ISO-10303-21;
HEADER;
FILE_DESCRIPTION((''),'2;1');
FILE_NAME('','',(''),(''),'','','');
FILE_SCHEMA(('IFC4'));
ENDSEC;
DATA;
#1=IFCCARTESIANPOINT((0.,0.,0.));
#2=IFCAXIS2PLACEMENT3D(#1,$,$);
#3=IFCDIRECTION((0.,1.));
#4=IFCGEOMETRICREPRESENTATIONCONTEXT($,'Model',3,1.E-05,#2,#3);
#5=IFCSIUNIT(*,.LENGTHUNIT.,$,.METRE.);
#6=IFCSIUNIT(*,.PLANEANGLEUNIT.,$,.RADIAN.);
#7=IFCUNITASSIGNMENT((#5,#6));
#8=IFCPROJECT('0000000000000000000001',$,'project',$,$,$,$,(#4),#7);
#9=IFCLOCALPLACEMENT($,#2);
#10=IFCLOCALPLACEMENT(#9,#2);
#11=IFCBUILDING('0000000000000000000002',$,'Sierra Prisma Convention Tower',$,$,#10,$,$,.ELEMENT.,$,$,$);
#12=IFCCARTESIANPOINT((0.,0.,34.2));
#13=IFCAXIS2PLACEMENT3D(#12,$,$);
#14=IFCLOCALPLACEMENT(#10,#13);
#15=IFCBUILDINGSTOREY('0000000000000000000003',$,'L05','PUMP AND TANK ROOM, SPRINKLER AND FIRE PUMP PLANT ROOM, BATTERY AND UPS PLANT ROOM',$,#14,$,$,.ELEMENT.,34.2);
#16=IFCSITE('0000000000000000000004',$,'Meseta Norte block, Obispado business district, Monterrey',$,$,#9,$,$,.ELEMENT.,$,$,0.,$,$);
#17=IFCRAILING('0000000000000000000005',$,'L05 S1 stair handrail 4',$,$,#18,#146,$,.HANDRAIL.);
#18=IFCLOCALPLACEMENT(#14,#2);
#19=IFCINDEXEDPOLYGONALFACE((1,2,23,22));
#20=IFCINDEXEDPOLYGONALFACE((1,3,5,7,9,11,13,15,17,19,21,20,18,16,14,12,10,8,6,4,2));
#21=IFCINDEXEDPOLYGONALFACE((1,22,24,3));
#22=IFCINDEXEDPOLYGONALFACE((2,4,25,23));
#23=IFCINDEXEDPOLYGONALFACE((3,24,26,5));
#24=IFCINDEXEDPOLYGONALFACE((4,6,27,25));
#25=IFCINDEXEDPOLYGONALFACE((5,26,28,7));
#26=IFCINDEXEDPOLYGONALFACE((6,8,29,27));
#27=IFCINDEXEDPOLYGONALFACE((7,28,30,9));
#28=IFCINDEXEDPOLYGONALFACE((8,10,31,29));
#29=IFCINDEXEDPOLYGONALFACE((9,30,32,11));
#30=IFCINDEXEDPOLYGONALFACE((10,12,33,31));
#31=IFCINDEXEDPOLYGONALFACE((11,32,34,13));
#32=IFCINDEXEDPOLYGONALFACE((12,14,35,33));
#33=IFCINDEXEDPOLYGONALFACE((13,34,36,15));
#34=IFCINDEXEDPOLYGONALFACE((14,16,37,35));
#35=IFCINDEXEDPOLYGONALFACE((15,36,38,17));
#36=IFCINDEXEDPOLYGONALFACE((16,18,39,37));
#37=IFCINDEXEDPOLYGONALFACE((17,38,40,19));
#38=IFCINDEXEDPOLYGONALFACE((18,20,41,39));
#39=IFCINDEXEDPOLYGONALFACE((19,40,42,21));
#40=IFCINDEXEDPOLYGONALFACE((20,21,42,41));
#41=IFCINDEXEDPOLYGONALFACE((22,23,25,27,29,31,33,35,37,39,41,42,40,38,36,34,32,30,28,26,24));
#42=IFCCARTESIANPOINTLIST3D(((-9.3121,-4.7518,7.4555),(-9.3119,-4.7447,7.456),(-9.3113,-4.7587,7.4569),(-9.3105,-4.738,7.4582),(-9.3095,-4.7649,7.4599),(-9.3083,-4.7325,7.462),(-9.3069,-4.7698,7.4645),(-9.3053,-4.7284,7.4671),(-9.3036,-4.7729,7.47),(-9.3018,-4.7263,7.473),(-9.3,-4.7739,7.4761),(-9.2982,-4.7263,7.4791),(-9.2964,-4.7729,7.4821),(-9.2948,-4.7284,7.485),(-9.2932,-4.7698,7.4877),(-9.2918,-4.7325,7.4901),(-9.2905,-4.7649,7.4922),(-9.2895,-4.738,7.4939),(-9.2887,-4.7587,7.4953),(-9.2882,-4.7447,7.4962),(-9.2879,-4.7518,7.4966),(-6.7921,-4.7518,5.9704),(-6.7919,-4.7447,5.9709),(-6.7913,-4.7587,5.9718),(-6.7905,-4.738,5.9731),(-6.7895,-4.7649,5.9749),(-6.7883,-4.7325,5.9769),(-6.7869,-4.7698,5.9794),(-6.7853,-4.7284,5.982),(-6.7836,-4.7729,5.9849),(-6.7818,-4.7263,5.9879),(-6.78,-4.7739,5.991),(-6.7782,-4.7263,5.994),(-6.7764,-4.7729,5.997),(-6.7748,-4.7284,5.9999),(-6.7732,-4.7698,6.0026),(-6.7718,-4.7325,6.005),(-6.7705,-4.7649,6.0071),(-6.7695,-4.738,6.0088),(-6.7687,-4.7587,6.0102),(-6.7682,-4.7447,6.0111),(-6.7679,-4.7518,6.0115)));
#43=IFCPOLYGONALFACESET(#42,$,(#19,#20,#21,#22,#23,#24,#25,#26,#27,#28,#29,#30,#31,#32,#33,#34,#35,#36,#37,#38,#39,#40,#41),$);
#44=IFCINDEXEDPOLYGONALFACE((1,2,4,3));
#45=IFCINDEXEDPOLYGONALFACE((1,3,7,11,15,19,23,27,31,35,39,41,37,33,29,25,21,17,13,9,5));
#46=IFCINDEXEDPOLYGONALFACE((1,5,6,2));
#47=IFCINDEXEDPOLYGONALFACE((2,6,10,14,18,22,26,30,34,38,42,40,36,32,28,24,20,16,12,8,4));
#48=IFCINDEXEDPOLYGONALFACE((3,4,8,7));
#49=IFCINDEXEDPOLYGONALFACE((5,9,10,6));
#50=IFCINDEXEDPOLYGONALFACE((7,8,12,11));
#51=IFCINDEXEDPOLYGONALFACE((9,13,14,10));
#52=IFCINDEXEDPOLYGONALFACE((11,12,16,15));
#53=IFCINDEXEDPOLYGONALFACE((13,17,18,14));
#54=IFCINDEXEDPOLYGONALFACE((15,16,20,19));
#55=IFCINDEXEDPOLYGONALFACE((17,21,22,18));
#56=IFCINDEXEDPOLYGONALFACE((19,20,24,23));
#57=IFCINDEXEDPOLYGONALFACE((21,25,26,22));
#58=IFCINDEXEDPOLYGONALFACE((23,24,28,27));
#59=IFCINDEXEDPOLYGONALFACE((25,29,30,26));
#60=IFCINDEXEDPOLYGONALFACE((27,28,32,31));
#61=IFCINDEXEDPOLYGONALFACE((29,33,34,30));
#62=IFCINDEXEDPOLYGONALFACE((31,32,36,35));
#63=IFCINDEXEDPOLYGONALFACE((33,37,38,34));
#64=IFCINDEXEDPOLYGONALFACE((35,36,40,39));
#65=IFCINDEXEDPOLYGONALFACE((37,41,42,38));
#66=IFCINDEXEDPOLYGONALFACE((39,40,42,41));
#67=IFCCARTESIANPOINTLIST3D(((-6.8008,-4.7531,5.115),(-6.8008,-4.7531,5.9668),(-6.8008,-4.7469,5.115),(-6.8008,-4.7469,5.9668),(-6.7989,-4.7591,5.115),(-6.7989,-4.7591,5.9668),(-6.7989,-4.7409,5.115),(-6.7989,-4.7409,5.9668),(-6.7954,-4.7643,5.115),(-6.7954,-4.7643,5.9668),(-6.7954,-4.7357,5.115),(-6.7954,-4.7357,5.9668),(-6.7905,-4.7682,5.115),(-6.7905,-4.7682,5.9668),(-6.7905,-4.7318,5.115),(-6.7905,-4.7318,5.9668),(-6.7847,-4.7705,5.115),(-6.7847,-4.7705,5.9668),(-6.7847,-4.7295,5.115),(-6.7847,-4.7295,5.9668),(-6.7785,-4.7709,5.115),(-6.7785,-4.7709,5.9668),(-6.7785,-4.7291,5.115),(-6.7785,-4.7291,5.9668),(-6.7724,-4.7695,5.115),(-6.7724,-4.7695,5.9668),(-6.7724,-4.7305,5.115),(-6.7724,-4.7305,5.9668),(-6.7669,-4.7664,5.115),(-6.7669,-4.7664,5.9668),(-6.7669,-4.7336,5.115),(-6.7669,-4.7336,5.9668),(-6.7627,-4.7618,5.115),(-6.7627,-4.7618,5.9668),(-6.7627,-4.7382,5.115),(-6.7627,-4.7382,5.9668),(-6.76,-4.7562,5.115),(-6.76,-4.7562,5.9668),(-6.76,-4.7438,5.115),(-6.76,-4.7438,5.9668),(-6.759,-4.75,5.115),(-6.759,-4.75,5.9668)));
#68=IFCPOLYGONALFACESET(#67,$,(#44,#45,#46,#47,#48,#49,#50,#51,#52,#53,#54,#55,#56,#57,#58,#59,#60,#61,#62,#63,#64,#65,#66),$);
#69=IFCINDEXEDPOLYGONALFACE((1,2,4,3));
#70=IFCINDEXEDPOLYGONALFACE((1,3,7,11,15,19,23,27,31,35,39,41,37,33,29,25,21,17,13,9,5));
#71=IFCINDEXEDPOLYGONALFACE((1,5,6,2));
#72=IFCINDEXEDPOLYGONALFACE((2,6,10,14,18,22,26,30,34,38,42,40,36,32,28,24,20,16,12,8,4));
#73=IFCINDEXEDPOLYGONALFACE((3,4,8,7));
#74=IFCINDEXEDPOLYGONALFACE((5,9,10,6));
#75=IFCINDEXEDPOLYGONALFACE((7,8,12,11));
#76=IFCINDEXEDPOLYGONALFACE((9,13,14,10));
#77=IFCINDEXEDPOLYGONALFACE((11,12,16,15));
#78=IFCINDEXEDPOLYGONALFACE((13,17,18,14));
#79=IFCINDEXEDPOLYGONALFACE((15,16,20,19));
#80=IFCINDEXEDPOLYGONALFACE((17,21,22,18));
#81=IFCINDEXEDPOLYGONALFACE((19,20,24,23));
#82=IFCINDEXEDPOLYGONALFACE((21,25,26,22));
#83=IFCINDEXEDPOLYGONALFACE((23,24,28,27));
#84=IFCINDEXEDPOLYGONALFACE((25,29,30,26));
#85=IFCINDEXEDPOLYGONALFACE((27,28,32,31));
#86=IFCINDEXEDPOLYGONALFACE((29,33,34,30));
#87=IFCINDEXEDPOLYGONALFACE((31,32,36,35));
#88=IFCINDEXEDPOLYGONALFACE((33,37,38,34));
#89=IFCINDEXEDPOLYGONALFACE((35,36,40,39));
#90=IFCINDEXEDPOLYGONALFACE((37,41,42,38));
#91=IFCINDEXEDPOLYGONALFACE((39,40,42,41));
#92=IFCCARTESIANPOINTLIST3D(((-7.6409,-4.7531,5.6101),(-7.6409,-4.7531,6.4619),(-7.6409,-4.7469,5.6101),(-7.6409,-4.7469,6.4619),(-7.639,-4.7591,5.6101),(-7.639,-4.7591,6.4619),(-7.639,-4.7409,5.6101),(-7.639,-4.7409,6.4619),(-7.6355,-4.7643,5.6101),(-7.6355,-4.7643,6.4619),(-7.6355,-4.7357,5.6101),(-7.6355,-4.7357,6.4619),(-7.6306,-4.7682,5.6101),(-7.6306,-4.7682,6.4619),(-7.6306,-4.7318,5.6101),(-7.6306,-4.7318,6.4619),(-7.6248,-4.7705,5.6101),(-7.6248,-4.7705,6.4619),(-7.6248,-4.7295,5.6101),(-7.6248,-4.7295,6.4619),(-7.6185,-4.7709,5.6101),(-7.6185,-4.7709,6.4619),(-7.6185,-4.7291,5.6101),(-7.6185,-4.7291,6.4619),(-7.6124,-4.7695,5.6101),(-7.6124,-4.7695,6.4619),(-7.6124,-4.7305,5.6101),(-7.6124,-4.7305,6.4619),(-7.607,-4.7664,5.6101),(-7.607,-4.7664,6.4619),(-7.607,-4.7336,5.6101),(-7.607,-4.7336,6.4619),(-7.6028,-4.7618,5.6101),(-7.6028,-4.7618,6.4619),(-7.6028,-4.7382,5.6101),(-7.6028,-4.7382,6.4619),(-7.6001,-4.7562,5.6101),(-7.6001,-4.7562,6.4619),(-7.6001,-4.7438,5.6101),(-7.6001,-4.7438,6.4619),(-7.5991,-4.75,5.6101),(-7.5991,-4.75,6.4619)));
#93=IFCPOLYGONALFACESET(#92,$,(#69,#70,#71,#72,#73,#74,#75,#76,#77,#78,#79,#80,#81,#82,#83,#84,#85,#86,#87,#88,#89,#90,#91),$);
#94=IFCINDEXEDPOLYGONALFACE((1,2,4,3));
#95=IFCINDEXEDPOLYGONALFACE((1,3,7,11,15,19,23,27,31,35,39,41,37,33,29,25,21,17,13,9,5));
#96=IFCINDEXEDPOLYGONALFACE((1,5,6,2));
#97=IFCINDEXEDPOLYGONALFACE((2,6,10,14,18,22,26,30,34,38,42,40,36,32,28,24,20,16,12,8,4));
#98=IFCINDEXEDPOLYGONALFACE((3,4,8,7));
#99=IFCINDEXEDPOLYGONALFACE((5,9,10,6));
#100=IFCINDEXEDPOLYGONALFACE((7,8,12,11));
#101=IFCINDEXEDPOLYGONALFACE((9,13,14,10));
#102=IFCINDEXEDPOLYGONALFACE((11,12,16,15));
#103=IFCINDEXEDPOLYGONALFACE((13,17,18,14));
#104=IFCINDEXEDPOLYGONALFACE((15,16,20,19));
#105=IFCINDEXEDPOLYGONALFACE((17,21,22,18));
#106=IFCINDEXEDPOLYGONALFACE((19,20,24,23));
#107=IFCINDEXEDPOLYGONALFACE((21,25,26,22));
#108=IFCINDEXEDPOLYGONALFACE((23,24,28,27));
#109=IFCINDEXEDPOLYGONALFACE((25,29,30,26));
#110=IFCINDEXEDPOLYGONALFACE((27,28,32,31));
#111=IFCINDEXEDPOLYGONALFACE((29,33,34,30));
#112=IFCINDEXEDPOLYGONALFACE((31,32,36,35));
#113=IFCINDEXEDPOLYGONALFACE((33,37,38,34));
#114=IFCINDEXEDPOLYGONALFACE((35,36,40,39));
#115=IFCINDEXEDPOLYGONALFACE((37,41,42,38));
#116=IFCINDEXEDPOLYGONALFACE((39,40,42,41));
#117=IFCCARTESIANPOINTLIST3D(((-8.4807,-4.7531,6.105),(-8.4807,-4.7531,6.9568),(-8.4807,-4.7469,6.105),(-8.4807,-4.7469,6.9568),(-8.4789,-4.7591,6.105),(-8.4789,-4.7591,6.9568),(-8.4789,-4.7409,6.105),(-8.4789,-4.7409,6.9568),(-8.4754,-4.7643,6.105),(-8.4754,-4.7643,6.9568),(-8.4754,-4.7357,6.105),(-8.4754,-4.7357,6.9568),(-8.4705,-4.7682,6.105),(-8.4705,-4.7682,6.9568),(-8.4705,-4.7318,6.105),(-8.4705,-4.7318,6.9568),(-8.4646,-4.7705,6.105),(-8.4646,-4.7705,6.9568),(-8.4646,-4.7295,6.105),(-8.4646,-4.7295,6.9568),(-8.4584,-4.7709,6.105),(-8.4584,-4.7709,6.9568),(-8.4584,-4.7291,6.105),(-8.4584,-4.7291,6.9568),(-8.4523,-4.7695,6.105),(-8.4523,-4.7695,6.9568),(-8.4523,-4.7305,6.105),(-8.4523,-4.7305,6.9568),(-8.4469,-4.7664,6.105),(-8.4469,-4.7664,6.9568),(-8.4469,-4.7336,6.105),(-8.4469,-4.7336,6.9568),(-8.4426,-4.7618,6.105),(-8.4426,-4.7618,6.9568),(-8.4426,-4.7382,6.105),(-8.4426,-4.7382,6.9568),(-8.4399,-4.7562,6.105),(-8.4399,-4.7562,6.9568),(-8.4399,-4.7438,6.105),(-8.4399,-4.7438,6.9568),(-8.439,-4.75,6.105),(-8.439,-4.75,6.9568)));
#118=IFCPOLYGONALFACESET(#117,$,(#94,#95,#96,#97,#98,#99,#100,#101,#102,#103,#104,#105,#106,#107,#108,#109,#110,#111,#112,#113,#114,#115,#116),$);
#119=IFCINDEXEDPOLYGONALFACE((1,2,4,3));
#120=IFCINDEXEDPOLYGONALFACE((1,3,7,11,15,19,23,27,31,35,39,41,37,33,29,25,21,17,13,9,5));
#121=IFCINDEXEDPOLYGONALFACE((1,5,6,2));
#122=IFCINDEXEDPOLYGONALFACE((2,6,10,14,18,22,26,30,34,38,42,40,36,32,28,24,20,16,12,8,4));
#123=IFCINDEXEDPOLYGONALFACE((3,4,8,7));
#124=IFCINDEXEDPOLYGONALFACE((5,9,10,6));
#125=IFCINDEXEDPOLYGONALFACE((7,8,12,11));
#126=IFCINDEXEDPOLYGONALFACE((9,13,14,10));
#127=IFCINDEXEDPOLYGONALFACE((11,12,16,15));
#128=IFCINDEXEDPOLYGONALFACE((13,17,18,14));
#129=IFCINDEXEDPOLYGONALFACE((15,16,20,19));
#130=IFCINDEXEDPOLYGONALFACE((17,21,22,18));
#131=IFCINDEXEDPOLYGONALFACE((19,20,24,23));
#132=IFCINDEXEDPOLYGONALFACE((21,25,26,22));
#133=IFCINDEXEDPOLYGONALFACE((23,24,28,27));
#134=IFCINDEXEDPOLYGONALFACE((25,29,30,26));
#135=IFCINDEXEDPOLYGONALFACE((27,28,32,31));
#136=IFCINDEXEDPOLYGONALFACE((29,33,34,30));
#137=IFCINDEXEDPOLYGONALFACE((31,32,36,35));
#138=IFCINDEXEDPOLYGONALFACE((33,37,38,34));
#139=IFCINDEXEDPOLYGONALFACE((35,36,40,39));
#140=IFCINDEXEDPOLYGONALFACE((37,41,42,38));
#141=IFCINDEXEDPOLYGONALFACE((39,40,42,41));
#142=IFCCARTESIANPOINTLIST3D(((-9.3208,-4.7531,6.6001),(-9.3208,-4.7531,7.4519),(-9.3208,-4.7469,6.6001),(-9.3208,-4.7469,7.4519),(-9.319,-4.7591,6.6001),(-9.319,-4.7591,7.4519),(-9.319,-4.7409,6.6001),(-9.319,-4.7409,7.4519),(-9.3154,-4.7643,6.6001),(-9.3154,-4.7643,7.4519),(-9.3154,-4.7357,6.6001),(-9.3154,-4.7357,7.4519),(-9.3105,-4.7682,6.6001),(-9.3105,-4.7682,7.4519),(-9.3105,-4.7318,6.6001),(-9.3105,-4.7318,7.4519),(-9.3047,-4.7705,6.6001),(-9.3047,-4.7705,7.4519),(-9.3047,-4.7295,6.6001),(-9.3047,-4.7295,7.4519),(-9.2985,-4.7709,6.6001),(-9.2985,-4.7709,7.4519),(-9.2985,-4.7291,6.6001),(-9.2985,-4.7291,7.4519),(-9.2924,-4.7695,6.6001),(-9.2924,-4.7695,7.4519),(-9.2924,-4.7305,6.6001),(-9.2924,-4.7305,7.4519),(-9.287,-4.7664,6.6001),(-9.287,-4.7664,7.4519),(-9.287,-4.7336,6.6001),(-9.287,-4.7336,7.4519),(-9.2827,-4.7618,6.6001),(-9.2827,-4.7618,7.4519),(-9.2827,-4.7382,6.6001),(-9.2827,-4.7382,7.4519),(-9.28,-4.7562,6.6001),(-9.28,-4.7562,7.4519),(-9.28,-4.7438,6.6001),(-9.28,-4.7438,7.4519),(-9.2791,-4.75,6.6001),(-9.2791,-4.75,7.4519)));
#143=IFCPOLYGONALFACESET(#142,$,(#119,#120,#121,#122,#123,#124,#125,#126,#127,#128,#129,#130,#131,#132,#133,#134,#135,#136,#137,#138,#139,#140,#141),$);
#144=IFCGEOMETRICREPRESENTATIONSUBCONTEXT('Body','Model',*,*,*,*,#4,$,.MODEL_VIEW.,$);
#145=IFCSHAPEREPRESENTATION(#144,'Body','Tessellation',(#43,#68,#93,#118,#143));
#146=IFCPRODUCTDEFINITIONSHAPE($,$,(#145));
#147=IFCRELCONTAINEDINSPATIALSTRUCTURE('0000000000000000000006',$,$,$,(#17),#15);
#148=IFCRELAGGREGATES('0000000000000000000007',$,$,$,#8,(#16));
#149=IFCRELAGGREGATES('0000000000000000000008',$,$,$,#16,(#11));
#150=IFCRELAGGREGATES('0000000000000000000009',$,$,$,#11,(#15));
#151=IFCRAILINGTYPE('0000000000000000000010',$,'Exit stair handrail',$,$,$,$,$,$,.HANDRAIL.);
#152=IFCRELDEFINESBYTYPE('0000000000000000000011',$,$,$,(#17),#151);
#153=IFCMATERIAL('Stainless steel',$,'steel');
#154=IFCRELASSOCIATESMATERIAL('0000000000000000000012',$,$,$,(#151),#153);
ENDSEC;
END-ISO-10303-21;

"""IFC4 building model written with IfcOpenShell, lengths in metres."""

from ifc_helpers import new_model, si_unit, direction, frame, origin, origin_2d, place, context, subcontext, project, spatial, circle, extrude, material, type_object, element, save


model = new_model("IFC4")

# Units and contexts
model_context = context("Model", 3, precision=1e-05, world=origin(), true_north=direction((0.0, 1.0)))
body_context = subcontext(model_context, "Body", "Model", "MODEL_VIEW")
ifc_project = project(units=[si_unit("LENGTHUNIT", "METRE"), si_unit("PLANEANGLEUNIT", "RADIAN")], contexts=[model_context])

# Site, building, storey
site_placement = place(None, origin())
site = spatial("IfcSite", under=ifc_project, at=site_placement, Name="Meseta Norte block, Obispado business district, Monterrey", CompositionType="ELEMENT", RefElevation=0.0)
building_placement = place(site_placement, origin())
building = spatial("IfcBuilding", under=site, at=building_placement, Name="Sierra Prisma Convention Tower", CompositionType="ELEMENT")
storey_placement = place(building_placement, frame((0.0, 0.0, 34.2)))
storey = spatial("IfcBuildingStorey", under=building, at=storey_placement, Name="L05", Description="PUMP AND TANK ROOM, SPRINKLER AND FIRE PUMP PLANT ROOM, BATTERY AND UPS PLANT ROOM", CompositionType="ELEMENT", Elevation=34.2)

# Railing
ifc_material_1 = material(Name="Stainless steel", Category="steel")
railing_type_1 = type_object("IfcRailingType", Name="Exit stair handrail", PredefinedType="HANDRAIL", material=ifc_material_1)
railing_1_placement = place(storey_placement, frame((-6.78, -4.75, 5.115)))
element("IfcRailing", 1, at=railing_1_placement, inside=storey, type_object=railing_type_1, Name="L05 S1 stair handrail 4", PredefinedType="HANDRAIL", context=body_context, shape_type="SweptSolid", body=[
    extrude(circle(Radius=0.0239, at=origin_2d()), frame((0.0, 0.0, 0.876), z_axis=(-0.861524, 0.0, 0.507717), x_axis=(0.0, -1.0, 0.0)), (0.0, 0.0, 1.0), 2.925),
    extrude(circle(Radius=0.021, at=origin_2d()), origin(), (0.0, 0.0, 1.0), 0.8518),
    extrude(circle(Radius=0.021, at=origin_2d()), frame((-0.8401, 0.0, 0.4951)), (0.0, 0.0, 1.0), 0.8518),
    extrude(circle(Radius=0.021, at=origin_2d()), frame((-1.6799, 0.0, 0.99)), (0.0, 0.0, 1.0), 0.8518),
    extrude(circle(Radius=0.021, at=origin_2d()), frame((-2.52, 0.0, 1.4851)), (0.0, 0.0, 1.0), 0.8518),
])

save(model, "model.ifc")
